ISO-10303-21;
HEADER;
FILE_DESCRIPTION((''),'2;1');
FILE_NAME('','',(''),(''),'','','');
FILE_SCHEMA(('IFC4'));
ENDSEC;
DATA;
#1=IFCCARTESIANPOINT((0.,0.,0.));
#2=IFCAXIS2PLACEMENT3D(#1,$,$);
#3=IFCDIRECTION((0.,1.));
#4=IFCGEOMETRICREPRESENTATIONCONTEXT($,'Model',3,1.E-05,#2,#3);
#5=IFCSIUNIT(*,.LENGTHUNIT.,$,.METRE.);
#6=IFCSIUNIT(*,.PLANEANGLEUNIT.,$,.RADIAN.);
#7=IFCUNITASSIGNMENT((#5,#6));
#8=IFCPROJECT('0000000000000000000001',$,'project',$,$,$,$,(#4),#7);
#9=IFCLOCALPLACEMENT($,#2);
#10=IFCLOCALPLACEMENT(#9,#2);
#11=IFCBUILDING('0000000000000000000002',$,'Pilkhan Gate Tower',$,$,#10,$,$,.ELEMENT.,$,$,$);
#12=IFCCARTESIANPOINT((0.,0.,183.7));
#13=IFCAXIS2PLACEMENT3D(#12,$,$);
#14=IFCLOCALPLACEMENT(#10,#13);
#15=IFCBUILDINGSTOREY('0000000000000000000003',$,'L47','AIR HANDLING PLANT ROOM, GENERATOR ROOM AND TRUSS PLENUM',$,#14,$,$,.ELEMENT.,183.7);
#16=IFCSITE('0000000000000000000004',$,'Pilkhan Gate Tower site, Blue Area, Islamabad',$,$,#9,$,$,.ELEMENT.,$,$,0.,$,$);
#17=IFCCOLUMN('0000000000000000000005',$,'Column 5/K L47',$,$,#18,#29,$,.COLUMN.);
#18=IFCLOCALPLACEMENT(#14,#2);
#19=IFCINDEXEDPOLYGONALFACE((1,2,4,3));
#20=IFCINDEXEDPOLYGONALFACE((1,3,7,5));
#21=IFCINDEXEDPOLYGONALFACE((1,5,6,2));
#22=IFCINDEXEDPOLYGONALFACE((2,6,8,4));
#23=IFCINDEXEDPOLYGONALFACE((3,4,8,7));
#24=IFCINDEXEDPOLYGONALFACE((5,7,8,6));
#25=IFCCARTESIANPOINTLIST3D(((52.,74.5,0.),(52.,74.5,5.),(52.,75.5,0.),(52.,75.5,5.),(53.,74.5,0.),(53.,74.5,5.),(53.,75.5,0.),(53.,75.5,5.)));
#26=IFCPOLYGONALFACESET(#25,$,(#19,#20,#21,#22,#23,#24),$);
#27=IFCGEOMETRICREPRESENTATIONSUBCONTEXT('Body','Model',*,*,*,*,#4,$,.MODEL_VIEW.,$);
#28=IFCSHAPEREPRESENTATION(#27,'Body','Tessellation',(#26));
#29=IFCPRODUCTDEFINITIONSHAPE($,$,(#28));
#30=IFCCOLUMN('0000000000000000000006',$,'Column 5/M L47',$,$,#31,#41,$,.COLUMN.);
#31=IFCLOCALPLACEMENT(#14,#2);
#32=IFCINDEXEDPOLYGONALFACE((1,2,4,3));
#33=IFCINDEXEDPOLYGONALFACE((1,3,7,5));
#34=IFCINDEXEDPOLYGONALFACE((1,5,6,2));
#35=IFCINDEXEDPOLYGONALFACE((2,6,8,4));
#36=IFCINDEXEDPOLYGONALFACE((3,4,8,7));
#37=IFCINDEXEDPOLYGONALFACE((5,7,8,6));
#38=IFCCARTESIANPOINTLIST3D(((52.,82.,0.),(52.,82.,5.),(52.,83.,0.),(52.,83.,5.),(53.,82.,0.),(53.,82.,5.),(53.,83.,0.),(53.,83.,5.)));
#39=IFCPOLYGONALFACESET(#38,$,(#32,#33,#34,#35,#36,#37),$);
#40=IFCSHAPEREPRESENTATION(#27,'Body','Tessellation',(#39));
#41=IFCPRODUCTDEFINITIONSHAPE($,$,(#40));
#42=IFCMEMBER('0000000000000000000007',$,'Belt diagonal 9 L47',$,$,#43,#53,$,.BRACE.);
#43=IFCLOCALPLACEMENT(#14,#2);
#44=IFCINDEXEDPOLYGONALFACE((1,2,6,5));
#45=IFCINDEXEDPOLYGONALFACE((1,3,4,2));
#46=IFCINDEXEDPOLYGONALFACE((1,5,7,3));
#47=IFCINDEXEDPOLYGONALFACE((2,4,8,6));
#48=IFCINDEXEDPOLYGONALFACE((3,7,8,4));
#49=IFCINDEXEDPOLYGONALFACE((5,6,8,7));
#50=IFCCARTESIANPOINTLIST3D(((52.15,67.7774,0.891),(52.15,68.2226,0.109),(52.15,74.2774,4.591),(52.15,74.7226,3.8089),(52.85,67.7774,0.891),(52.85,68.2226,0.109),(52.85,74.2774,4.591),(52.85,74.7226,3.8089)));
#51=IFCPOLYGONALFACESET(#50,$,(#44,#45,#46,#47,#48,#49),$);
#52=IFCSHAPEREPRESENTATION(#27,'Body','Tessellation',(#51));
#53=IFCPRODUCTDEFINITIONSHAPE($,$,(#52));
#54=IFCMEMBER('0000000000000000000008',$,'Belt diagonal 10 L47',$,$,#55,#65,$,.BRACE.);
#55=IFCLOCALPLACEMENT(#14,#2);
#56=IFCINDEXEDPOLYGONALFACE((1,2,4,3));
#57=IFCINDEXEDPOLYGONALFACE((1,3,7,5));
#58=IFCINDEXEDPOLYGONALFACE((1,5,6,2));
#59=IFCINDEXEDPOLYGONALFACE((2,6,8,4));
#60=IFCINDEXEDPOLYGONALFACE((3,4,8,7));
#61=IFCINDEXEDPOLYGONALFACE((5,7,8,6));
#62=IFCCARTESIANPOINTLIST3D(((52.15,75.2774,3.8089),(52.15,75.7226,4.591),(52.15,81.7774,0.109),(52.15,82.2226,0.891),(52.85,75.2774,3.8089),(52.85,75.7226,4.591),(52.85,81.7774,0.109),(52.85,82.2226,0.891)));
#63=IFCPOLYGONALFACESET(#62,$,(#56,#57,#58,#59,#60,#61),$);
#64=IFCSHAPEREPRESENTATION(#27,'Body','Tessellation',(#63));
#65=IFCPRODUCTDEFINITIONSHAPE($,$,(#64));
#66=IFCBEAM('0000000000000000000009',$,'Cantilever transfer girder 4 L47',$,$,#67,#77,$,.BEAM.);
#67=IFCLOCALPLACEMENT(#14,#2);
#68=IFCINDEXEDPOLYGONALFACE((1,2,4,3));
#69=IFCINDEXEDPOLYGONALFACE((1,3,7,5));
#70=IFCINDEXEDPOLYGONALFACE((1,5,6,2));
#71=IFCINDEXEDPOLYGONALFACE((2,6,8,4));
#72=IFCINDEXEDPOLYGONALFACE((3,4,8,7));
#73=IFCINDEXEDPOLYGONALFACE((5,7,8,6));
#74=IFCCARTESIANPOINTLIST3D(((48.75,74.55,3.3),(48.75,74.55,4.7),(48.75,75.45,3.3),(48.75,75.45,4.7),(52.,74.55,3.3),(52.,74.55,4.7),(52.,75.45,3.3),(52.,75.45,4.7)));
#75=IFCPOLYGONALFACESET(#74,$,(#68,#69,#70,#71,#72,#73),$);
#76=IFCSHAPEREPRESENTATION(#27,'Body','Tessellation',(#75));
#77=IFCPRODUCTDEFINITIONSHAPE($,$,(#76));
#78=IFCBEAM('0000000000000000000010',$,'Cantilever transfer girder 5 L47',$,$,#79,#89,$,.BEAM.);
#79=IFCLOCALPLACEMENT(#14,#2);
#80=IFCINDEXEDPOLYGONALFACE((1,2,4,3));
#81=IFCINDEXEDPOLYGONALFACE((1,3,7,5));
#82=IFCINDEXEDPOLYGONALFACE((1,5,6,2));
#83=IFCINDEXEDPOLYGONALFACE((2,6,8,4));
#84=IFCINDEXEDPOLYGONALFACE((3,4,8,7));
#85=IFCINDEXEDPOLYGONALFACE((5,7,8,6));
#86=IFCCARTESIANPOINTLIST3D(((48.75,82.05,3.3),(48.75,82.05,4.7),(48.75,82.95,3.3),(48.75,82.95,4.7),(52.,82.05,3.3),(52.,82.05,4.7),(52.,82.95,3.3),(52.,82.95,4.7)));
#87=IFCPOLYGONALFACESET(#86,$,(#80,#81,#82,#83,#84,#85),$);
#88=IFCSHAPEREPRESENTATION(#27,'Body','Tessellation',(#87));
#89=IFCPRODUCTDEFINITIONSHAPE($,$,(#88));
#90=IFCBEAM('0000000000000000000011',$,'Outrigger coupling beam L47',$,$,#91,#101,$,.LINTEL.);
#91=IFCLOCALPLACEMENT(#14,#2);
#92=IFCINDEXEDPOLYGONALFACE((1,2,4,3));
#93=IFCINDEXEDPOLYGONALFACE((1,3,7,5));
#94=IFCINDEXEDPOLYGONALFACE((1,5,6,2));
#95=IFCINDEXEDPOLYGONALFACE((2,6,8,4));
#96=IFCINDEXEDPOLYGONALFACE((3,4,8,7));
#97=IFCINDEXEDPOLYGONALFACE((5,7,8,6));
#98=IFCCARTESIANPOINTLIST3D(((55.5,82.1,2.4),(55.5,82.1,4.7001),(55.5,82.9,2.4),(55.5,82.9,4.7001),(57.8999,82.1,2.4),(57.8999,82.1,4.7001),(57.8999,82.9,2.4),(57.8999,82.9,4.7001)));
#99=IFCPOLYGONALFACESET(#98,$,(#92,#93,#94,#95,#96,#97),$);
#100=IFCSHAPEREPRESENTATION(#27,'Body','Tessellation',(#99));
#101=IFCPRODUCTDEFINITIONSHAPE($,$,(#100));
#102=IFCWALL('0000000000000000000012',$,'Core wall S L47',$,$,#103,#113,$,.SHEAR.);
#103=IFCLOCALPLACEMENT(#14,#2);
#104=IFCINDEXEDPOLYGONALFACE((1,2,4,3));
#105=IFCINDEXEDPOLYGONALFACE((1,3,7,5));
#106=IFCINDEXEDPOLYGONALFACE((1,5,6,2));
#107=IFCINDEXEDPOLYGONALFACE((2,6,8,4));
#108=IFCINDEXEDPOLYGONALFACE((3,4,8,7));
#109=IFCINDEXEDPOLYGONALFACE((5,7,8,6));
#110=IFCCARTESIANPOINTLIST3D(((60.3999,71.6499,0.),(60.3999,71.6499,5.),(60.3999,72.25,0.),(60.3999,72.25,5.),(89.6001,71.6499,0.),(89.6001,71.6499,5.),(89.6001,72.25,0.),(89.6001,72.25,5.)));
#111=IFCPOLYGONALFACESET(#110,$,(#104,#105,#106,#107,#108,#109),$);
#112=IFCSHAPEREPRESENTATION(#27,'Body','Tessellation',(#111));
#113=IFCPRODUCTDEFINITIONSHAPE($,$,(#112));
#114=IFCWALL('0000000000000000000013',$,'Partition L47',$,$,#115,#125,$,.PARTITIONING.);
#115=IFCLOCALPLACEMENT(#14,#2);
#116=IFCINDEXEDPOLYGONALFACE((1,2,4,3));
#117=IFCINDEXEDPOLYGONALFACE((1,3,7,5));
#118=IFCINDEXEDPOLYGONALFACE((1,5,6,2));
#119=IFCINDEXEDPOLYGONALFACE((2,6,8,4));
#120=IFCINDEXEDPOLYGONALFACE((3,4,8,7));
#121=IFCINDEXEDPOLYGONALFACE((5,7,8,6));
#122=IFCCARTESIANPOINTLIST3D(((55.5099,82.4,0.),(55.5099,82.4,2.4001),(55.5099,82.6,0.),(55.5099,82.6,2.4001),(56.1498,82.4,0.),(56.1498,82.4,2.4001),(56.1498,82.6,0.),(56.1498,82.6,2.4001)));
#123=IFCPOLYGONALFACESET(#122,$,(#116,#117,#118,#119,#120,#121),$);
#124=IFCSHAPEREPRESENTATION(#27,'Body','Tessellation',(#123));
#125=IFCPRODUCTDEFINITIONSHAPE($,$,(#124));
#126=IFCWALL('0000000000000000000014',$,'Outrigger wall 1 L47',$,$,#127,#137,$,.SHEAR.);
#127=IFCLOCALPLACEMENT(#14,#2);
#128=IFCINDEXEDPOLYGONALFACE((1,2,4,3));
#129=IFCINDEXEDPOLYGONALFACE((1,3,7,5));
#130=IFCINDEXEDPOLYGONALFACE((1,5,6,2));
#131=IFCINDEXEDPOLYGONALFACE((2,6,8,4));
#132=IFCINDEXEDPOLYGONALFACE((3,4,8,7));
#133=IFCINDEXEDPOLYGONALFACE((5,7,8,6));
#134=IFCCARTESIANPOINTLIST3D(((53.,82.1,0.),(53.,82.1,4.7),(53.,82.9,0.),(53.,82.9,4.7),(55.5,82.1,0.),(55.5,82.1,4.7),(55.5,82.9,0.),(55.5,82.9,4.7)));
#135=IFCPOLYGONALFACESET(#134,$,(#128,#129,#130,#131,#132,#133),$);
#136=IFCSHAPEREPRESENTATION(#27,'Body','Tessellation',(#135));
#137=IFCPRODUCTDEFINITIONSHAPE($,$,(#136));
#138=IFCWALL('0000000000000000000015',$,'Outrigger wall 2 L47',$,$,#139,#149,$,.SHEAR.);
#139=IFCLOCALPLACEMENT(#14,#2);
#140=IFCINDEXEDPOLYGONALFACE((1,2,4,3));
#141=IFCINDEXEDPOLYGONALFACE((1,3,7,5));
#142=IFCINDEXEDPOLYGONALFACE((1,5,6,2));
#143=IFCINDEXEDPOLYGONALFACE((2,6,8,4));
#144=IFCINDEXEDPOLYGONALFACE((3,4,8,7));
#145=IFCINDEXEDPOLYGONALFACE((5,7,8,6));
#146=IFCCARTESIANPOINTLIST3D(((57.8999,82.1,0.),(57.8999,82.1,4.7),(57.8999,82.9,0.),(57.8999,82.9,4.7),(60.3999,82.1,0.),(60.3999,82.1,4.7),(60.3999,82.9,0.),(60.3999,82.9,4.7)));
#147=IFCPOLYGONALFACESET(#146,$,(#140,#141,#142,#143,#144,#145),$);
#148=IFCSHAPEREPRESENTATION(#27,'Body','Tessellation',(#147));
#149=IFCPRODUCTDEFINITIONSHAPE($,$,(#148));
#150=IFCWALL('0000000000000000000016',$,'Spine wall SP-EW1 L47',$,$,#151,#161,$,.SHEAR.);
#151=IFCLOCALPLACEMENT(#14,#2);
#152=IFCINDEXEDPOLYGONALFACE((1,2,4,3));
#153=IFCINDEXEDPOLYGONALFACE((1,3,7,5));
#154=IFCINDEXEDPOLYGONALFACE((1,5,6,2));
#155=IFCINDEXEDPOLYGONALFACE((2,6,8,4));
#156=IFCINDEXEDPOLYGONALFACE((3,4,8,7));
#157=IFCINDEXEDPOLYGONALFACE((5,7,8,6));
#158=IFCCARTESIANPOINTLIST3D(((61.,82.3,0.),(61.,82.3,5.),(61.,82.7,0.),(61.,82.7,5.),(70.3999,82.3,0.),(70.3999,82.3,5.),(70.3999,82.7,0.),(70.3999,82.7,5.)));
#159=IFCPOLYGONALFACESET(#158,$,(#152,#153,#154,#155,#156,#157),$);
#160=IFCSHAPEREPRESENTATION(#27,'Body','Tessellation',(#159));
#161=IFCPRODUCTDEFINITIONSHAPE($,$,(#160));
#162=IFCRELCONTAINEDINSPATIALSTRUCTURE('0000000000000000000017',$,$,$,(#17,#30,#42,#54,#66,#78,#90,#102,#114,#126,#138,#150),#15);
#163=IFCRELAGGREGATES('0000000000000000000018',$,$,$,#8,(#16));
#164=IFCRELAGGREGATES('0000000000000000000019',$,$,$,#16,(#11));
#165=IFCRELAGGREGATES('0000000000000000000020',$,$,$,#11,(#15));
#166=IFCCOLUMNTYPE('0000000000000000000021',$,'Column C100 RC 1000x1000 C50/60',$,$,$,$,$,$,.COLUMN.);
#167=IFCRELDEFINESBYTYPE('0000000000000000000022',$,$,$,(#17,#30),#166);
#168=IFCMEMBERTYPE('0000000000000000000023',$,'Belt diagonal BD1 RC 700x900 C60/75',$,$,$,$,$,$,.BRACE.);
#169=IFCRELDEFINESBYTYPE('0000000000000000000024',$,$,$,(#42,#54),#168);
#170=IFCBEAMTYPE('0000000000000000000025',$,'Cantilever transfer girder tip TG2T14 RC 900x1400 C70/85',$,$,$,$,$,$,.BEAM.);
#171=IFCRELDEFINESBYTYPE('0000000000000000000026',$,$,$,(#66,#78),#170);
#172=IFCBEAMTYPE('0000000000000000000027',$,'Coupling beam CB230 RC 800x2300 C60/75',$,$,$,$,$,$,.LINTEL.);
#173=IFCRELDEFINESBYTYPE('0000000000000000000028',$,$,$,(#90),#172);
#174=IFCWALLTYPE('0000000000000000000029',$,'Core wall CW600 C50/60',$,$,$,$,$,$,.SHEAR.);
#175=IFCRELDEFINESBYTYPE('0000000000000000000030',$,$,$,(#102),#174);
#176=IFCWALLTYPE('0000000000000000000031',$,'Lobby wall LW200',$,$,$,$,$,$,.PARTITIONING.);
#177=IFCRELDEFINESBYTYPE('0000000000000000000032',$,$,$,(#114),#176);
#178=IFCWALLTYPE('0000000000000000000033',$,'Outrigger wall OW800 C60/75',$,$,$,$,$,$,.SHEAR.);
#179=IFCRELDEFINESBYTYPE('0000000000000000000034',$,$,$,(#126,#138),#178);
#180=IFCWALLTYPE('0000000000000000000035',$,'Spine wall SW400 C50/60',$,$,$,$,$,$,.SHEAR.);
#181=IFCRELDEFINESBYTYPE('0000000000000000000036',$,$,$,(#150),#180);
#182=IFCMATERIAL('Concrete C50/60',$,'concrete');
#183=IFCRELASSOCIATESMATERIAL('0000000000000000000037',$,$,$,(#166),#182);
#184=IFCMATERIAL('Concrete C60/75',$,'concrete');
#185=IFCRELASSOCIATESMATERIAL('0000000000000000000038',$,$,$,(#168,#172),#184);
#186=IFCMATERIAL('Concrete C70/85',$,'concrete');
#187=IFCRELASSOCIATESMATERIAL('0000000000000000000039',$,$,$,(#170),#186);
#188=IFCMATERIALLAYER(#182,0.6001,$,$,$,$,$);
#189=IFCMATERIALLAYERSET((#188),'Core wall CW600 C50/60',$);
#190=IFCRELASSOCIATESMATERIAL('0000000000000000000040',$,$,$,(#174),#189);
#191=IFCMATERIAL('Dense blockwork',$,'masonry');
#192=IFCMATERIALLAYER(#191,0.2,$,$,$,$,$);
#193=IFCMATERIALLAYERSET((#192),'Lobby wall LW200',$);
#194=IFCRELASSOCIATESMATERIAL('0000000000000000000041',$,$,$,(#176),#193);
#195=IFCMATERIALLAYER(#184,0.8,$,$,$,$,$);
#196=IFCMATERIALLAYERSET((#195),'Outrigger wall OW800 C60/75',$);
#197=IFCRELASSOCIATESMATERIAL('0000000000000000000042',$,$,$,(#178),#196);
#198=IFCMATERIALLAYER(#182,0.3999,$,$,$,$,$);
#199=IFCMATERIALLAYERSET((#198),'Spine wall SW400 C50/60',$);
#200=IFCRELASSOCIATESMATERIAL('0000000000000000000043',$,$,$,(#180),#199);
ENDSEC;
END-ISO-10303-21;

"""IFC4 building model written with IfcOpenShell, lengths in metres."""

from ifc_helpers import new_model, si_unit, direction, frame, frame_2d, origin, origin_2d, place, context, subcontext, project, spatial, rectangle, extrude, material, layer, layer_set, material_profile, profile_set, type_object, element, save


model = new_model("IFC4")

# Units and contexts
model_context = context("Model", 3, precision=1e-05, world=origin(), true_north=direction((0.0, 1.0)))
body_context = subcontext(model_context, "Body", "Model", "MODEL_VIEW")
ifc_project = project(units=[si_unit("LENGTHUNIT", "METRE"), si_unit("PLANEANGLEUNIT", "RADIAN")], contexts=[model_context])

# Site, building, storey
site_placement = place(None, origin())
site = spatial("IfcSite", under=ifc_project, at=site_placement, Name="Pilkhan Gate Tower site, Blue Area, Islamabad", CompositionType="ELEMENT", RefElevation=0.0)
building_placement = place(site_placement, origin())
building = spatial("IfcBuilding", under=site, at=building_placement, Name="Pilkhan Gate Tower", CompositionType="ELEMENT")
storey_placement = place(building_placement, frame((0.0, 0.0, 183.7)))
storey = spatial("IfcBuildingStorey", under=building, at=storey_placement, Name="L47", Description="AIR HANDLING PLANT ROOM, GENERATOR ROOM AND TRUSS PLENUM", CompositionType="ELEMENT", Elevation=183.7)

# Columns
ifc_material_1 = material(Name="Concrete C50/60", Category="concrete")
ifc_material_profile_1 = material_profile(ifc_material_1, rectangle(XDim=1.0, YDim=1.0, at=origin_2d()), Name="RC 1000x1000")
ifc_profile_set_1 = profile_set([ifc_material_profile_1], Name="Concrete C50/60")
column_type = type_object("IfcColumnType", Name="Column C100 RC 1000x1000 C50/60", PredefinedType="COLUMN", material=ifc_profile_set_1)
for number, where, z_axis, x_axis, name in (
    (1, (52.5, 75.0, 0.0), (0.0, 0.0, 1.0), (1.0, 0.0, 0.0), "Column 5/K L47"),
    (2, (52.5, 82.5, 0.0), (0.0, 0.0, 1.0), (1.0, 0.0, 0.0), "Column 5/M L47"),
):
    element("IfcColumn", number, at=place(storey_placement, frame(where, z_axis=z_axis, x_axis=x_axis)), inside=storey, type_object=column_type, Name=name, PredefinedType="COLUMN", context=body_context, shape_type="SweptSolid", body=[
        extrude(rectangle(XDim=1.0, YDim=1.0, at=origin_2d()), origin(), (0.0, 0.0, 1.0), 5.0),
    ])

# Members
ifc_material_2 = material(Name="Concrete C60/75", Category="concrete")
ifc_material_profile_2 = material_profile(ifc_material_2, rectangle(XDim=0.7, YDim=0.8999, at=origin_2d()), Name="RC 700x900")
ifc_profile_set_2 = profile_set([ifc_material_profile_2], Name="Concrete C60/75")
member_type = type_object("IfcMemberType", Name="Belt diagonal BD1 RC 700x900 C60/75", PredefinedType="BRACE", material=ifc_profile_set_2)
for number, where, z_axis, x_axis, name in (
    (3, (52.5, 68.0, 0.5), (0.0, 0.869068, 0.494693), (-1.0, 0.0, 0.0), "Belt diagonal 9 L47"),
    (4, (52.5, 82.0, 0.5), (0.0, -0.869068, 0.494693), (1.0, 0.0, 0.0), "Belt diagonal 10 L47"),
):
    element("IfcMember", number, at=place(storey_placement, frame(where, z_axis=z_axis, x_axis=x_axis)), inside=storey, type_object=member_type, Name=name, PredefinedType="BRACE", context=body_context, shape_type="SweptSolid", body=[
        extrude(rectangle(XDim=0.7, YDim=0.8999, at=origin_2d()), origin(), (0.0, 0.0, 1.0), 7.4792),
    ])

# Beams
ifc_material_3 = material(Name="Concrete C70/85", Category="concrete")
ifc_material_profile_3 = material_profile(ifc_material_3, rectangle(XDim=0.8999, YDim=1.3999, at=origin_2d()), Name="RC 900x1400")
ifc_profile_set_3 = profile_set([ifc_material_profile_3], Name="Concrete C70/85")
beam_type_1 = type_object("IfcBeamType", Name="Cantilever transfer girder tip TG2T14 RC 900x1400 C70/85", PredefinedType="BEAM", material=ifc_profile_set_3)
for number, where, z_axis, x_axis, name in (
    (5, (48.75, 75.0, 4.0), (1.0, 0.0, 0.0), (0.0, 1.0, 0.0), "Cantilever transfer girder 4 L47"),
    (6, (48.75, 82.5, 4.0), (1.0, 0.0, 0.0), (0.0, 1.0, 0.0), "Cantilever transfer girder 5 L47"),
):
    element("IfcBeam", number, at=place(storey_placement, frame(where, z_axis=z_axis, x_axis=x_axis)), inside=storey, type_object=beam_type_1, Name=name, PredefinedType="BEAM", context=body_context, shape_type="SweptSolid", body=[
        extrude(rectangle(XDim=0.8999, YDim=1.3999, at=origin_2d()), origin(), (0.0, 0.0, 1.0), 3.25),
    ])
ifc_material_profile_4 = material_profile(ifc_material_2, rectangle(XDim=0.8, YDim=2.3, at=origin_2d()), Name="RC 800x2300")
ifc_profile_set_4 = profile_set([ifc_material_profile_4], Name="Concrete C60/75")
beam_type_2 = type_object("IfcBeamType", Name="Coupling beam CB230 RC 800x2300 C60/75", PredefinedType="LINTEL", material=ifc_profile_set_4)
beam_placement = place(storey_placement, frame((55.5, 82.5, 3.55), z_axis=(1.0, 0.0, 0.0), x_axis=(0.0, 1.0, 0.0)))
element("IfcBeam", 7, at=beam_placement, inside=storey, type_object=beam_type_2, Name="Outrigger coupling beam L47", PredefinedType="LINTEL", context=body_context, shape_type="SweptSolid", body=[
    extrude(rectangle(XDim=0.8, YDim=2.3, at=origin_2d()), origin(), (0.0, 0.0, 1.0), 2.3999),
])

# Walls
ifc_layer_1 = layer(ifc_material_1, 0.6001)
ifc_layer_set_1 = layer_set([ifc_layer_1], Name="Core wall CW600 C50/60")
wall_type_1 = type_object("IfcWallType", Name="Core wall CW600 C50/60", PredefinedType="SHEAR", material=ifc_layer_set_1)
wall_1_placement = place(storey_placement, frame((60.3999, 71.95, 0.0), z_axis=(0.0, 0.0, 1.0), x_axis=(1.0, 0.0, 0.0)))
element("IfcWall", 8, at=wall_1_placement, inside=storey, type_object=wall_type_1, Name="Core wall S L47", PredefinedType="SHEAR", context=body_context, shape_type="SweptSolid", body=[
    extrude(rectangle(XDim=29.2002, YDim=0.6001, at=frame_2d((14.6001, 0.0))), origin(), (0.0, 0.0, 1.0), 5.0),
])
ifc_material_4 = material(Name="Dense blockwork", Category="masonry")
ifc_layer_2 = layer(ifc_material_4, 0.2)
ifc_layer_set_2 = layer_set([ifc_layer_2], Name="Lobby wall LW200")
wall_type_2 = type_object("IfcWallType", Name="Lobby wall LW200", PredefinedType="PARTITIONING", material=ifc_layer_set_2)
wall_2_placement = place(storey_placement, frame((55.51, 82.5, 0.0), z_axis=(0.0, 0.0, 1.0), x_axis=(1.0, 0.0, 0.0)))
element("IfcWall", 9, at=wall_2_placement, inside=storey, type_object=wall_type_2, Name="Partition L47", PredefinedType="PARTITIONING", context=body_context, shape_type="SweptSolid", body=[
    extrude(rectangle(XDim=0.6399, YDim=0.2, at=frame_2d((0.3198, 0.0))), origin(), (0.0, 0.0, 1.0), 2.4001),
])
ifc_layer_3 = layer(ifc_material_2, 0.8)
ifc_layer_set_3 = layer_set([ifc_layer_3], Name="Outrigger wall OW800 C60/75")
wall_type_3 = type_object("IfcWallType", Name="Outrigger wall OW800 C60/75", PredefinedType="SHEAR", material=ifc_layer_set_3)
for number, where, z_axis, x_axis, name in (
    (10, (53.0, 82.5, 0.0), (0.0, 0.0, 1.0), (1.0, 0.0, 0.0), "Outrigger wall 1 L47"),
    (11, (57.8999, 82.5, 0.0), (0.0, 0.0, 1.0), (1.0, 0.0, 0.0), "Outrigger wall 2 L47"),
):
    element("IfcWall", number, at=place(storey_placement, frame(where, z_axis=z_axis, x_axis=x_axis)), inside=storey, type_object=wall_type_3, Name=name, PredefinedType="SHEAR", context=body_context, shape_type="SweptSolid", body=[
        extrude(rectangle(XDim=2.5, YDim=0.8, at=frame_2d((1.25, 0.0))), origin(), (0.0, 0.0, 1.0), 4.7),
    ])
ifc_layer_4 = layer(ifc_material_1, 0.3999)
ifc_layer_set_4 = layer_set([ifc_layer_4], Name="Spine wall SW400 C50/60")
wall_type_4 = type_object("IfcWallType", Name="Spine wall SW400 C50/60", PredefinedType="SHEAR", material=ifc_layer_set_4)
wall_3_placement = place(storey_placement, frame((61.0, 82.5, 0.0), z_axis=(0.0, 0.0, 1.0), x_axis=(1.0, 0.0, 0.0)))
element("IfcWall", 12, at=wall_3_placement, inside=storey, type_object=wall_type_4, Name="Spine wall SP-EW1 L47", PredefinedType="SHEAR", context=body_context, shape_type="SweptSolid", body=[
    extrude(rectangle(XDim=9.3999, YDim=0.3999, at=frame_2d((4.7, 0.0))), origin(), (0.0, 0.0, 1.0), 5.0),
])

save(model, "model.ifc")
